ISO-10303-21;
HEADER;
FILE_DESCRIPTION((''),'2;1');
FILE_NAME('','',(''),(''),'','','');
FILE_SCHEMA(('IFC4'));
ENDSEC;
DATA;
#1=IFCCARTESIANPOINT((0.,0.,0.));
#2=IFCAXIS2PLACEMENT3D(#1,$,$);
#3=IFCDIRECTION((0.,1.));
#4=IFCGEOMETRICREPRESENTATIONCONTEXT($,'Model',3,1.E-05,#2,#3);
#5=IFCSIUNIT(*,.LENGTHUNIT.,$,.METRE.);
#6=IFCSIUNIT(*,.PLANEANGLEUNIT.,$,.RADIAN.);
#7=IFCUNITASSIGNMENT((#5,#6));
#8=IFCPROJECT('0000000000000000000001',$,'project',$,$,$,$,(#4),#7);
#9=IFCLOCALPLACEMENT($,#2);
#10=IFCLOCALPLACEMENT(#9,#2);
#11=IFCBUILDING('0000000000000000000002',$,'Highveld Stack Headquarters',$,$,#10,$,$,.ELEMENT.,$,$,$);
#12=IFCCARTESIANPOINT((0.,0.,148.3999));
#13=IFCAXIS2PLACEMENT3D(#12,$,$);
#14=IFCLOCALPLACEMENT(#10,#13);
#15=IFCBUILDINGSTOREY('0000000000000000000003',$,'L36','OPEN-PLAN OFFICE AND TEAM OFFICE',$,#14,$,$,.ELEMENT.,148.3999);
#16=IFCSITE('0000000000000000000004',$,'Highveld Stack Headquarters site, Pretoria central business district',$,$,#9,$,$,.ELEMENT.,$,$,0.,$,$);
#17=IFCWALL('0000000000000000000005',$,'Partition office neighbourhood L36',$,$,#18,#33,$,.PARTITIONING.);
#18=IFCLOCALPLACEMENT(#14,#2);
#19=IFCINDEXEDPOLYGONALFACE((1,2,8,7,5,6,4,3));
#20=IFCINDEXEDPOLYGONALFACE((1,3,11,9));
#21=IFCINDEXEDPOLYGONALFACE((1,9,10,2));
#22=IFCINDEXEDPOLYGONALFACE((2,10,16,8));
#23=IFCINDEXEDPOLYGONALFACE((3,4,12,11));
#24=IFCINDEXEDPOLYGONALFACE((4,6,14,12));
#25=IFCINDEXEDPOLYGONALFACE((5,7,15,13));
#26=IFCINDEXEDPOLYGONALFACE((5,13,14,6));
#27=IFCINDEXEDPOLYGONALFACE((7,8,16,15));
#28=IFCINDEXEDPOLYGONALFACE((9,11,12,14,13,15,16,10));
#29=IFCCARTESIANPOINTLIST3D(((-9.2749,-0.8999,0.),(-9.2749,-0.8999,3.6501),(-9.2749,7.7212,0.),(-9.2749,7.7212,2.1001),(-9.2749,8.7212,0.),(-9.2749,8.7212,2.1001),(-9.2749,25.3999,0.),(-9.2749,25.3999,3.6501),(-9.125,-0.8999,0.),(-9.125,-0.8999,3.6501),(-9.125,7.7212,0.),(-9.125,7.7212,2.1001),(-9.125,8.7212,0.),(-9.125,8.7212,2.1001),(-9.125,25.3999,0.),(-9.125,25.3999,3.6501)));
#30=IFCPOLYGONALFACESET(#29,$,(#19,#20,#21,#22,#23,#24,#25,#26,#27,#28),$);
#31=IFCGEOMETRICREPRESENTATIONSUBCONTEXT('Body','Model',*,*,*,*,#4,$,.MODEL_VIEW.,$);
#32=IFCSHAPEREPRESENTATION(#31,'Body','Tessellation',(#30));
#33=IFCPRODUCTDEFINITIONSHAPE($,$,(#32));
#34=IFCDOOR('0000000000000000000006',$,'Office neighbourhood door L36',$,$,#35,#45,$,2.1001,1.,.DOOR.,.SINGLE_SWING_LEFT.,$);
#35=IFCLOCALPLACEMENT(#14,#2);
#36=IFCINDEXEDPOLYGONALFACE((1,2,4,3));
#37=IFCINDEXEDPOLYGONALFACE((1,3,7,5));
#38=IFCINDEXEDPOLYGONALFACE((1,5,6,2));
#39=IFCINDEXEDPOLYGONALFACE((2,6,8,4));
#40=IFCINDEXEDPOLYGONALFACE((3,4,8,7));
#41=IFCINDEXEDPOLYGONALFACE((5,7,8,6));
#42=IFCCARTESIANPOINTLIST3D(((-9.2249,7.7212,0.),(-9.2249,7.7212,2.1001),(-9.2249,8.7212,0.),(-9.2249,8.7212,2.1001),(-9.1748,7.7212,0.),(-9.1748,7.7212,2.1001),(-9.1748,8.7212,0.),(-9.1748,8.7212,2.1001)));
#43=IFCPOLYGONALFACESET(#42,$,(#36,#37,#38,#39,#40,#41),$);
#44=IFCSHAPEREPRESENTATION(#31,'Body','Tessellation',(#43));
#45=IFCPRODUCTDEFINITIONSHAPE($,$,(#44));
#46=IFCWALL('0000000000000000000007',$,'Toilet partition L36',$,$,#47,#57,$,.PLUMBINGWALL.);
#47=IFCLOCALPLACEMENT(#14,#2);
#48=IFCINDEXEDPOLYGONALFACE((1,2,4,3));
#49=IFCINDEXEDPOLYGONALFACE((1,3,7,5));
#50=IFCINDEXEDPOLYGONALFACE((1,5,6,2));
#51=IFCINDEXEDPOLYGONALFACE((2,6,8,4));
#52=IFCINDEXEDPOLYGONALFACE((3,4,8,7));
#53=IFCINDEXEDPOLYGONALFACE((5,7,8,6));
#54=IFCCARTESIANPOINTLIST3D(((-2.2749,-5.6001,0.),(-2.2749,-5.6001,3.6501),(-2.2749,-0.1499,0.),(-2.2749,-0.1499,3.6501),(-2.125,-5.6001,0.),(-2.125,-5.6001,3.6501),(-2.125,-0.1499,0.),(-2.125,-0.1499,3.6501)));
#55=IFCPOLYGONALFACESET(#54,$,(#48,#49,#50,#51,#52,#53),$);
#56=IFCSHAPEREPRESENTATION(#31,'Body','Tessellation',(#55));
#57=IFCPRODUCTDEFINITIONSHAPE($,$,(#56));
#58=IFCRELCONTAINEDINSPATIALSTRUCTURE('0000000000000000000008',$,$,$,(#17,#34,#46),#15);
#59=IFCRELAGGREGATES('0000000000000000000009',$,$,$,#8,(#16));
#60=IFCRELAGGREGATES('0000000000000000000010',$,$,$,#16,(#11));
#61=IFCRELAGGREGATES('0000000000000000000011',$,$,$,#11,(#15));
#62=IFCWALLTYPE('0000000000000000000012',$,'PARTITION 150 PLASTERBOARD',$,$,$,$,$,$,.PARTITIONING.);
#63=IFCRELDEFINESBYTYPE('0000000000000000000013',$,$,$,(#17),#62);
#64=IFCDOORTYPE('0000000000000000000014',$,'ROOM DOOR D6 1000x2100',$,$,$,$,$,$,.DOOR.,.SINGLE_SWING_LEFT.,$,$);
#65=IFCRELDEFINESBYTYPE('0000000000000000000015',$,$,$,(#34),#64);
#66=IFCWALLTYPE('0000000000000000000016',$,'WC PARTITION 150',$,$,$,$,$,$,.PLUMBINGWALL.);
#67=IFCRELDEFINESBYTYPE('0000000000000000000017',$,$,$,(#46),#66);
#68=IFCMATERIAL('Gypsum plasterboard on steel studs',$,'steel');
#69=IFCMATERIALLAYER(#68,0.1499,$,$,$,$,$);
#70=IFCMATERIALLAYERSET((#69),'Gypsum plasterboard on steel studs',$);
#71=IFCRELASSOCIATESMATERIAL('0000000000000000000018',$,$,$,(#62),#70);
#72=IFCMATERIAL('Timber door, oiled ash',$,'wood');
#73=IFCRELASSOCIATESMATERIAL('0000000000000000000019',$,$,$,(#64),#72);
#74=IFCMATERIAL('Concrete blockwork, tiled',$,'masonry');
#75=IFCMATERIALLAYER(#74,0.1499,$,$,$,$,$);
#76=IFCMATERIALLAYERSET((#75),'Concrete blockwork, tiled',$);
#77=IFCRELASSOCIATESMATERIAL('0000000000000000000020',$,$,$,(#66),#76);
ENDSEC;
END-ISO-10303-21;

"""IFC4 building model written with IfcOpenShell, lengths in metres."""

from ifc_helpers import new_model, si_unit, direction, frame, frame_2d, origin, place, context, subcontext, project, spatial, rectangle, extrude, material, layer, layer_set, type_object, element, fill, save


model = new_model("IFC4")

# Units and contexts
model_context = context("Model", 3, precision=1e-05, world=origin(), true_north=direction((0.0, 1.0)))
body_context = subcontext(model_context, "Body", "Model", "MODEL_VIEW")
ifc_project = project(units=[si_unit("LENGTHUNIT", "METRE"), si_unit("PLANEANGLEUNIT", "RADIAN")], contexts=[model_context])

# Site, building, storey
site_placement = place(None, origin())
site = spatial("IfcSite", under=ifc_project, at=site_placement, Name="Highveld Stack Headquarters site, Pretoria central business district", CompositionType="ELEMENT", RefElevation=0.0)
building_placement = place(site_placement, origin())
building = spatial("IfcBuilding", under=site, at=building_placement, Name="Highveld Stack Headquarters", CompositionType="ELEMENT")
storey_placement = place(building_placement, frame((0.0, 0.0, 148.3999)))
storey = spatial("IfcBuildingStorey", under=building, at=storey_placement, Name="L36", Description="OPEN-PLAN OFFICE AND TEAM OFFICE", CompositionType="ELEMENT", Elevation=148.3999)

# Wall, opening, door
ifc_material_1 = material(Name="Gypsum plasterboard on steel studs", Category="steel")
ifc_layer_1 = layer(ifc_material_1, 0.1499)
ifc_layer_set_1 = layer_set([ifc_layer_1], Name="Gypsum plasterboard on steel studs")
wall_type_1 = type_object("IfcWallType", Name="PARTITION 150 PLASTERBOARD", PredefinedType="PARTITIONING", material=ifc_layer_set_1)
wall_1_placement = place(storey_placement, frame((-9.2, -0.8999, 0.0), z_axis=(0.0, 0.0, 1.0), x_axis=(0.0, 1.0, 0.0)))
wall_1 = element("IfcWall", 1, at=wall_1_placement, inside=storey, type_object=wall_type_1, Name="Partition office neighbourhood L36", PredefinedType="PARTITIONING", context=body_context, shape_type="SweptSolid", body=[
    extrude(rectangle(XDim=26.2998, YDim=0.1499, at=frame_2d((13.1499, 0.0))), origin(), (0.0, 0.0, 1.0), 3.6501),
])
opening_1_placement = place(wall_1_placement, frame((8.6211, 0.0, 0.0)))
opening_1 = element("IfcOpeningElement", 2, at=opening_1_placement, cuts=wall_1, PredefinedType="OPENING", context=body_context, shape_type="SweptSolid", body=[
    extrude(rectangle(XDim=1.0, YDim=2.1001, at=frame_2d((0.5, 1.05))), frame((0.0, 0.085, 0.0), z_axis=(0.0, -1.0, 0.0), x_axis=(1.0, 0.0, 0.0)), (0.0, 0.0, 1.0), 0.1699),
])
ifc_material_2 = material(Name="Timber door, oiled ash", Category="wood")
door_type_1 = type_object("IfcDoorType", Name="ROOM DOOR D6 1000x2100", OperationType="SINGLE_SWING_LEFT", PredefinedType="DOOR", material=ifc_material_2)
door_1_placement = place(opening_1_placement, origin())
door_1 = element("IfcDoor", 3, at=door_1_placement, inside=storey, type_object=door_type_1, Name="Office neighbourhood door L36", OperationType="SINGLE_SWING_LEFT", OverallHeight=2.1001, OverallWidth=1.0, PredefinedType="DOOR", context=body_context, shape_type="SweptSolid", body=[
    extrude(rectangle(XDim=1.0, YDim=2.1001, at=frame_2d((0.5, 1.05))), frame((0.0, 0.0249, 0.0), z_axis=(0.0, -1.0, 0.0), x_axis=(1.0, 0.0, 0.0)), (0.0, 0.0, 1.0), 0.05),
])
fill(opening_1, door_1)

# Wall
ifc_material_3 = material(Name="Concrete blockwork, tiled", Category="masonry")
ifc_layer_2 = layer(ifc_material_3, 0.1499)
ifc_layer_set_2 = layer_set([ifc_layer_2], Name="Concrete blockwork, tiled")
wall_type_2 = type_object("IfcWallType", Name="WC PARTITION 150", PredefinedType="PLUMBINGWALL", material=ifc_layer_set_2)
wall_2_placement = place(storey_placement, frame((-2.2, -5.6001, 0.0), z_axis=(0.0, 0.0, 1.0), x_axis=(0.0, 1.0, 0.0)))
element("IfcWall", 4, at=wall_2_placement, inside=storey, type_object=wall_type_2, Name="Toilet partition L36", PredefinedType="PLUMBINGWALL", context=body_context, shape_type="SweptSolid", body=[
    extrude(rectangle(XDim=5.4502, YDim=0.1499, at=frame_2d((2.7251, 0.0))), origin(), (0.0, 0.0, 1.0), 3.6501),
])

save(model, "model.ifc")
